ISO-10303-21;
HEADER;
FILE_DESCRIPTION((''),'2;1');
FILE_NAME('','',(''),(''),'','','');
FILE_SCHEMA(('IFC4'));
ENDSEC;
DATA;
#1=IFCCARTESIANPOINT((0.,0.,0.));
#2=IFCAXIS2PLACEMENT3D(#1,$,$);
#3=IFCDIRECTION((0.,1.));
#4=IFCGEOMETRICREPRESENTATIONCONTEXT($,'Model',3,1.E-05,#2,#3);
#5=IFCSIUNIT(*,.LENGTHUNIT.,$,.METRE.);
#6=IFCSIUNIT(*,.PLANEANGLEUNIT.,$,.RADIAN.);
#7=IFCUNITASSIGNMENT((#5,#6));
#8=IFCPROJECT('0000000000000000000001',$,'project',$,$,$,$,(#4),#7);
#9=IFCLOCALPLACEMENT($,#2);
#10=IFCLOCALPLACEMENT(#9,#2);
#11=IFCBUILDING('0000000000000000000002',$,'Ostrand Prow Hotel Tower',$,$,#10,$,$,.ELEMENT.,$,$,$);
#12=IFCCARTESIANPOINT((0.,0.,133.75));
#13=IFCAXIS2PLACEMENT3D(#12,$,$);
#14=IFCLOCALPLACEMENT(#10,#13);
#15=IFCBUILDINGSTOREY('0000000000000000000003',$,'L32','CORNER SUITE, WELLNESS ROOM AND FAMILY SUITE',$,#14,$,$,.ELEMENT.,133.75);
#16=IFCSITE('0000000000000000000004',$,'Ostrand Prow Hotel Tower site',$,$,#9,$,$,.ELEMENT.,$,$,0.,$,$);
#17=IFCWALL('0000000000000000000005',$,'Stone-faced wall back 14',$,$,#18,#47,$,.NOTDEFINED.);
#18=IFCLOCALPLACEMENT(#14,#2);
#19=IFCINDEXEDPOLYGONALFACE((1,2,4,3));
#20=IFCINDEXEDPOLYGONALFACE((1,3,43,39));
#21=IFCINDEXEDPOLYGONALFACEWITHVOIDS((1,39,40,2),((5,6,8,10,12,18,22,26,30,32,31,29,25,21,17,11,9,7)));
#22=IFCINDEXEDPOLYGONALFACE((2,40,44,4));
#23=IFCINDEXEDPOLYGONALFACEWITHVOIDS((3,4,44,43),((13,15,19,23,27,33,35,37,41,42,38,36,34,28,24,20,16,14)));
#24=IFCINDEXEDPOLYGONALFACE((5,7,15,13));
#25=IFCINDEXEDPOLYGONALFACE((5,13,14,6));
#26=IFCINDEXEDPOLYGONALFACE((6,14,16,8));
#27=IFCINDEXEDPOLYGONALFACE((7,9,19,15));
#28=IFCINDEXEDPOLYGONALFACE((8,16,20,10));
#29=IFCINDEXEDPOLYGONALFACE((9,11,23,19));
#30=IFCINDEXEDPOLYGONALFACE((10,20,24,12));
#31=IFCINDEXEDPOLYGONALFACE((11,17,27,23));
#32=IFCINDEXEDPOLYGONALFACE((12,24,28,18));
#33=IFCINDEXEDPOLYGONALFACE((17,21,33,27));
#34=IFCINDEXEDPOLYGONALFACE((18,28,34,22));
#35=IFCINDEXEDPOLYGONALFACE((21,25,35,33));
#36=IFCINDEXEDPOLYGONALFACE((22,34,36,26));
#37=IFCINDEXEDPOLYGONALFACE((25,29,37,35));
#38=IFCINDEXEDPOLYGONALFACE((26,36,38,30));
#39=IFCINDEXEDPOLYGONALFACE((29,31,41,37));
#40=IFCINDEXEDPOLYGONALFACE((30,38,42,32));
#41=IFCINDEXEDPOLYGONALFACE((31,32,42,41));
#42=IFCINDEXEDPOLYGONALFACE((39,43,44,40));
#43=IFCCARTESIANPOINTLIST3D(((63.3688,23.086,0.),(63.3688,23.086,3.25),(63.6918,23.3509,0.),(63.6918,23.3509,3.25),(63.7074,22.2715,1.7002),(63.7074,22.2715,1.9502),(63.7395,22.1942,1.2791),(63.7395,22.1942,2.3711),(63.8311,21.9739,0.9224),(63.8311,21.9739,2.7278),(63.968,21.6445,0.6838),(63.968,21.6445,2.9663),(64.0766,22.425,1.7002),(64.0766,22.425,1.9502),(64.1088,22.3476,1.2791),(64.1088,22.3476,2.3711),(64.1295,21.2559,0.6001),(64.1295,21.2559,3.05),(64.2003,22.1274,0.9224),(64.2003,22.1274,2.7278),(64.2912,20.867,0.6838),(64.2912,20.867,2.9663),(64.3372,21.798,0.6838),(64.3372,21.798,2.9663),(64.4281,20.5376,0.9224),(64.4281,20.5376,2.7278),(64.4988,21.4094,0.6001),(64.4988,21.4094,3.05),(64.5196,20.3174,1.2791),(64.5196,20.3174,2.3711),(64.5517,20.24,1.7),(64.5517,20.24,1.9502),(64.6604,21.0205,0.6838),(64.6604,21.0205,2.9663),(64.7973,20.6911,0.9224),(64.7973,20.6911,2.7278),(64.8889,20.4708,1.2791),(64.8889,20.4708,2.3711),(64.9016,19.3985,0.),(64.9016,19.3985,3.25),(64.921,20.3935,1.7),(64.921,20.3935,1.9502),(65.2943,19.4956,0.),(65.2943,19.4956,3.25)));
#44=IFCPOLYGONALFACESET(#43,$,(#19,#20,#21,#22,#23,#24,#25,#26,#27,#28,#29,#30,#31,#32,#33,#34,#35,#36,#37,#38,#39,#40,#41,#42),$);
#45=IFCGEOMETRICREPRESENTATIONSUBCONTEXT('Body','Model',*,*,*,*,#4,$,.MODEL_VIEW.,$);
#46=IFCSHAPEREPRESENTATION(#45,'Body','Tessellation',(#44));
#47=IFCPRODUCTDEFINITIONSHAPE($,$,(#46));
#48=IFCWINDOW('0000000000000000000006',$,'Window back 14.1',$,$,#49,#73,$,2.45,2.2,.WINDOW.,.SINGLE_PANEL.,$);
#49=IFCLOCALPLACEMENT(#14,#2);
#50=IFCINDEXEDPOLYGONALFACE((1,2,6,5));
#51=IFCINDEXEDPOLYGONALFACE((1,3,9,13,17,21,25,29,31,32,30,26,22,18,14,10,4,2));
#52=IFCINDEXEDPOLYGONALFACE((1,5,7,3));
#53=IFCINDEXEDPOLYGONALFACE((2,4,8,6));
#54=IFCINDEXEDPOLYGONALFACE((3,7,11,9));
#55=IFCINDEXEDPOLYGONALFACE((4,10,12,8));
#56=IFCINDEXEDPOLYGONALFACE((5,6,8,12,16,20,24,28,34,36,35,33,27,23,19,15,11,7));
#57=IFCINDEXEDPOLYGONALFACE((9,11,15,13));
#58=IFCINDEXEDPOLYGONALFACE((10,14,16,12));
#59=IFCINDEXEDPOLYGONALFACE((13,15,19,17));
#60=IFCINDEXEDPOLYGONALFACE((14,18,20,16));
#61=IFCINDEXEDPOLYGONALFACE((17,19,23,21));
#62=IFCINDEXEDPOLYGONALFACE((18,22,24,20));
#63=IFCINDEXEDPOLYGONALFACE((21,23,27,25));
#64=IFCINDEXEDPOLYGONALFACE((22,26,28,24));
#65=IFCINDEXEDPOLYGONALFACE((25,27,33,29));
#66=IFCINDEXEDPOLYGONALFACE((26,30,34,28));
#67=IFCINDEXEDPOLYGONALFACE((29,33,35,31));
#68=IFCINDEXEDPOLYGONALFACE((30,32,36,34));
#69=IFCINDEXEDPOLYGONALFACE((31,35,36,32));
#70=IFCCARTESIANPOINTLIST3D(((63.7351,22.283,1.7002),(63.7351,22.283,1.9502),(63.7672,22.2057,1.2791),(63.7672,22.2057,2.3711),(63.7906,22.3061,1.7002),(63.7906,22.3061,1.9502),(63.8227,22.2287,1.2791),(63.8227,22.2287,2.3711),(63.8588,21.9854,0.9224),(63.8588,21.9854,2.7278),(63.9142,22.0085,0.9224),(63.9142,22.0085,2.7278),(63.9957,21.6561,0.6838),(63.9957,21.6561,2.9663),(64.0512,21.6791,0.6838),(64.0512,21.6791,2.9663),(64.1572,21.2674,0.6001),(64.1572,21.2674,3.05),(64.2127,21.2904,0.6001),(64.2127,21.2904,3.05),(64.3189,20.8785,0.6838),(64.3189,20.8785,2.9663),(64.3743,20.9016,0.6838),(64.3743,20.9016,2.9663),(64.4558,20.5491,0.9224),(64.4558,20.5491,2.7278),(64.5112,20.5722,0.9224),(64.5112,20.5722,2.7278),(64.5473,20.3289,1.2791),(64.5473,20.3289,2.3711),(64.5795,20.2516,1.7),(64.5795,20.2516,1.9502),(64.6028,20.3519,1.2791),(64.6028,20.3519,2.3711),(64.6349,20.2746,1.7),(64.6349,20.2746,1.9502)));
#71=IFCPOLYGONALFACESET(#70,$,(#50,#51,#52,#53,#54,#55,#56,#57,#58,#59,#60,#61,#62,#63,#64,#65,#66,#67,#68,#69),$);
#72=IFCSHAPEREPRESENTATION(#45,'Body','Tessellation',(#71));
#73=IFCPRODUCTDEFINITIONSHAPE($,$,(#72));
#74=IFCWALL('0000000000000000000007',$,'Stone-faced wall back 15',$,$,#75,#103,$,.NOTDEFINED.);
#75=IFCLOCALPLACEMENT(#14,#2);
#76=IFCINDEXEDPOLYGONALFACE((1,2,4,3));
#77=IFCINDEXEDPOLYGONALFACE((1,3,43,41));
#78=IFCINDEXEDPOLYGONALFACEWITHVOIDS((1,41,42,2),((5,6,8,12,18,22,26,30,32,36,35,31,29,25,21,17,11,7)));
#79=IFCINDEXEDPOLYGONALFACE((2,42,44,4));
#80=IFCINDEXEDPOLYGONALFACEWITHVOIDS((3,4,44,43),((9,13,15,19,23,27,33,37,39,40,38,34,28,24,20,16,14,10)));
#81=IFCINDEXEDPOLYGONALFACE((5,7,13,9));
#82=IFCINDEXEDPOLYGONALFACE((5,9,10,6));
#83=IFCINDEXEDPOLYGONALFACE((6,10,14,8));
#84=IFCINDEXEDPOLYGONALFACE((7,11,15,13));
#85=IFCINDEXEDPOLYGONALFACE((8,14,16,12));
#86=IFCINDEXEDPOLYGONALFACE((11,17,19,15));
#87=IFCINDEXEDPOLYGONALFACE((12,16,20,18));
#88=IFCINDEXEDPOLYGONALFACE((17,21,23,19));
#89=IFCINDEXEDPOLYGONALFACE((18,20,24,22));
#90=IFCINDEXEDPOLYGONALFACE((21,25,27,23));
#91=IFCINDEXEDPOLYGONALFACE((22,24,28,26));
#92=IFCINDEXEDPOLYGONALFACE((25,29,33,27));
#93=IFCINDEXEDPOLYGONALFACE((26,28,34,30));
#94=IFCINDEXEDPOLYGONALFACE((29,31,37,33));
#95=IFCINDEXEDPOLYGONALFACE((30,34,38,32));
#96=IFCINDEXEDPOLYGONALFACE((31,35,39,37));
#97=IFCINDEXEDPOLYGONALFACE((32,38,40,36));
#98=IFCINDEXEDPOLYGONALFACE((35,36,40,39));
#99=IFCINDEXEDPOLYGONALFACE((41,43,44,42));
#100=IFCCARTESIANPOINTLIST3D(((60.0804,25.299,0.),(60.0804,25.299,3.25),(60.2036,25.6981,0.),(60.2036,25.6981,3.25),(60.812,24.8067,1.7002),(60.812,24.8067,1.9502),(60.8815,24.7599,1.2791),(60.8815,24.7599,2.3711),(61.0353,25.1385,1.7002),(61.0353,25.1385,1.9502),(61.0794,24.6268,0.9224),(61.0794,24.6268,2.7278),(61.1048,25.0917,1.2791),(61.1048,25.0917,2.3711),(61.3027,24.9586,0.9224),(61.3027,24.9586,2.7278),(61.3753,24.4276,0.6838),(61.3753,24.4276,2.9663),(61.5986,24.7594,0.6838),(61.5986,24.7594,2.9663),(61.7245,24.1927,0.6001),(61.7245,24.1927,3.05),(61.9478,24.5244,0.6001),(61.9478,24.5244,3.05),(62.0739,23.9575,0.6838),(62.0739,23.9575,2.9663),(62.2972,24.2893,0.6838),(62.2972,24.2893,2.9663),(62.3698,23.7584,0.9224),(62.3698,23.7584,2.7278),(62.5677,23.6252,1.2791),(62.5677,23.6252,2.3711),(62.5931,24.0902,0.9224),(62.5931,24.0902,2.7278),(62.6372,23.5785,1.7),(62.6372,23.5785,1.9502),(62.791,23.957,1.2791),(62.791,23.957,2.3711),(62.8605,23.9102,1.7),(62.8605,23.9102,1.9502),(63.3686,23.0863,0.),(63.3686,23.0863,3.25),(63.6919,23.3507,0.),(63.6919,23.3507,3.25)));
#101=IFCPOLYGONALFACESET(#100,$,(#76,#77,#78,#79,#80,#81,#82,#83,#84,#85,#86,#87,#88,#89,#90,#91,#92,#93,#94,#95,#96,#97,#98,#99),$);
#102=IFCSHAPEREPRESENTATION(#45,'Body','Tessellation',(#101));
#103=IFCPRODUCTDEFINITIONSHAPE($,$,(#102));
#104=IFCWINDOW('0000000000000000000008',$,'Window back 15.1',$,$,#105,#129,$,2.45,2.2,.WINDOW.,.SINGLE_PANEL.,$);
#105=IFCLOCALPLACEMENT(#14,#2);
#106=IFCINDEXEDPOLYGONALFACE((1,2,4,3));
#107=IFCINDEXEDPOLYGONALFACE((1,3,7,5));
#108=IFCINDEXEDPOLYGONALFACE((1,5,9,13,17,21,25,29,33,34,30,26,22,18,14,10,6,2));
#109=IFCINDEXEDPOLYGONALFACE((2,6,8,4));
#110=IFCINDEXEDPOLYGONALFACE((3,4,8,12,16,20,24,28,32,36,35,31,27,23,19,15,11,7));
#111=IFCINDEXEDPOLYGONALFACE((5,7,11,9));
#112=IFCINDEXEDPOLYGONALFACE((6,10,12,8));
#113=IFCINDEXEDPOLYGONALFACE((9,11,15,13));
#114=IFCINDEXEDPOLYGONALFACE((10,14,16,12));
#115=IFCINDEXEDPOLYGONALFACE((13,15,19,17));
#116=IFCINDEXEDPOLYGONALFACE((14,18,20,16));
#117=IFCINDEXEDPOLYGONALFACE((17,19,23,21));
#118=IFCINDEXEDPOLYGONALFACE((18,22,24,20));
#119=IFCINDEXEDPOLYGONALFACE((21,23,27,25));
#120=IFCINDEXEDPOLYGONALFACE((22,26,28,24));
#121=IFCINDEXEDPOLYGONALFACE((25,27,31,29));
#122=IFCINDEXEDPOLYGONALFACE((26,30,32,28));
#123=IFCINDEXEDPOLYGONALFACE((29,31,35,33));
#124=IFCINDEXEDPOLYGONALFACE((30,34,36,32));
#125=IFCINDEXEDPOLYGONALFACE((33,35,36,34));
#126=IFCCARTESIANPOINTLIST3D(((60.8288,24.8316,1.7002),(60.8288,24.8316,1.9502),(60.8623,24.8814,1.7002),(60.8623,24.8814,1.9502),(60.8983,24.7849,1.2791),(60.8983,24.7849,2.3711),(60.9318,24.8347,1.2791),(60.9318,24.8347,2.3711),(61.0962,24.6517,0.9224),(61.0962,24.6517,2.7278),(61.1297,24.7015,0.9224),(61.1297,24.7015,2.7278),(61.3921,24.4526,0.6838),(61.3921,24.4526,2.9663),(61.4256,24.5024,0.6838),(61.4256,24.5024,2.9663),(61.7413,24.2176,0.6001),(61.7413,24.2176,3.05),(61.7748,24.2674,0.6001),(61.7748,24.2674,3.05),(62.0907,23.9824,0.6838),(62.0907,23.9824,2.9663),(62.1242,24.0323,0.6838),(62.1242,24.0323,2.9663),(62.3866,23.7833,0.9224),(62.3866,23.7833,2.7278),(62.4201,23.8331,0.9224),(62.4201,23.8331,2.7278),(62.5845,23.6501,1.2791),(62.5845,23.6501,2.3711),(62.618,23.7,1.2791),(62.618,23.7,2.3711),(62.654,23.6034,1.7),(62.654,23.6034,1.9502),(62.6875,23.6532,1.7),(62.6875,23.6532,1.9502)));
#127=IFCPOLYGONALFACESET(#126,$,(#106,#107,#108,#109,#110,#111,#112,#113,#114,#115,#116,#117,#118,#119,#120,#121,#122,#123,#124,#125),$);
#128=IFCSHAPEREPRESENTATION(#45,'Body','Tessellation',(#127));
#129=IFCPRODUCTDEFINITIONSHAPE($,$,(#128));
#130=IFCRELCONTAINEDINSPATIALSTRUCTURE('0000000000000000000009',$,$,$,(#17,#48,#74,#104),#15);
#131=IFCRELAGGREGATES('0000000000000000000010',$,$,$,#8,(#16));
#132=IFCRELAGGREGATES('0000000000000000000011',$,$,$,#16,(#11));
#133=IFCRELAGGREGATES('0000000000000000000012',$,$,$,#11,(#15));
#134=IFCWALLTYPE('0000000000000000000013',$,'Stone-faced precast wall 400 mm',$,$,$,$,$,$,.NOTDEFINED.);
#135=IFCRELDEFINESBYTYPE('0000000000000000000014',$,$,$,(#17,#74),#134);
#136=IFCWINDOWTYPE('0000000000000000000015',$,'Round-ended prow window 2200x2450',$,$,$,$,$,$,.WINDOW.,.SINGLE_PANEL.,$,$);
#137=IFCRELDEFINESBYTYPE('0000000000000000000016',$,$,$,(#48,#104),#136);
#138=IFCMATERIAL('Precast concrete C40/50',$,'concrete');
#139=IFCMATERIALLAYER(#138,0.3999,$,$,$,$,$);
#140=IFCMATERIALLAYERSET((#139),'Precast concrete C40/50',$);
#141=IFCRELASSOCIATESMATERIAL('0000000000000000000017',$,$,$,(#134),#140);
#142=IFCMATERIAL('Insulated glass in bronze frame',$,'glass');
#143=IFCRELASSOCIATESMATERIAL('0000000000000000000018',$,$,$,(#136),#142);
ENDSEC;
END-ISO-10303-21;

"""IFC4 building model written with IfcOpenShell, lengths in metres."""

from ifc_helpers import new_model, si_unit, direction, frame, origin, place, context, subcontext, project, spatial, polyline, outline, extrude, material, layer, layer_set, type_object, element, fill, save


model = new_model("IFC4")

# Units and contexts
model_context = context("Model", 3, precision=1e-05, world=origin(), true_north=direction((0.0, 1.0)))
body_context = subcontext(model_context, "Body", "Model", "MODEL_VIEW")
ifc_project = project(units=[si_unit("LENGTHUNIT", "METRE"), si_unit("PLANEANGLEUNIT", "RADIAN")], contexts=[model_context])

# Site, building, storey
site_placement = place(None, origin())
site = spatial("IfcSite", under=ifc_project, at=site_placement, Name="Ostrand Prow Hotel Tower site", CompositionType="ELEMENT", RefElevation=0.0)
building_placement = place(site_placement, origin())
building = spatial("IfcBuilding", under=site, at=building_placement, Name="Ostrand Prow Hotel Tower", CompositionType="ELEMENT")
storey_placement = place(building_placement, frame((0.0, 0.0, 133.75)))
storey = spatial("IfcBuildingStorey", under=building, at=storey_placement, Name="L32", Description="CORNER SUITE, WELLNESS ROOM AND FAMILY SUITE", CompositionType="ELEMENT", Elevation=133.75)

# Shared definitions
ifc_material_1 = material(Name="Precast concrete C40/50", Category="concrete")
ifc_layer_1 = layer(ifc_material_1, 0.3999)
ifc_layer_set_1 = layer_set([ifc_layer_1], Name="Precast concrete C40/50")
wall_type_1 = type_object("IfcWallType", Name="Stone-faced precast wall 400 mm", PredefinedType="NOTDEFINED", material=ifc_layer_set_1)

# Walls, openings, windows
wall_1_placement = place(storey_placement, frame((65.0979, 19.447, 0.0), z_axis=(0.0, 0.0, 1.0), x_axis=(-0.383817, 0.923409, 0.0)))
wall_1 = element("IfcWall", 1, at=wall_1_placement, inside=storey, type_object=wall_type_1, Name="Stone-faced wall back 14", PredefinedType="NOTDEFINED", context=body_context, shape_type="SweptSolid", body=[
    extrude(outline(polyline([(-0.0305, -0.2), (4.1445, -0.2), (4.0239, 0.2), (0.0305, 0.2), (-0.0305, -0.2)])), origin(), (0.0, 0.0, 1.0), 3.25),
])
opening_1_placement = place(wall_1_placement, frame((0.9419, 0.0, 0.6001)))
opening_1 = element("IfcOpeningElement", 2, at=opening_1_placement, cuts=wall_1, PredefinedType="OPENING", context=body_context, shape_type="SweptSolid", body=[
    extrude(outline(polyline([(0.0, 1.3501), (0.0837, 1.771), (0.3223, 2.1277), (0.679, 2.3662), (1.1001, 2.45), (1.521, 2.3662), (1.8777, 2.1277), (2.1162, 1.771), (2.2, 1.3501), (2.2, 1.1001), (2.1162, 0.679), (1.8777, 0.3223), (1.521, 0.0837), (1.1001, 0.0), (0.679, 0.0837), (0.3223, 0.3223), (0.0837, 0.679), (0.0, 1.0999), (0.0, 1.3501)])), frame((0.0, 0.21, 0.0), z_axis=(0.0, -1.0, 0.0), x_axis=(1.0, 0.0, 0.0)), (0.0, 0.0, 1.0), 0.4199),
])
ifc_material_2 = material(Name="Insulated glass in bronze frame", Category="glass")
window_type = type_object("IfcWindowType", Name="Round-ended prow window 2200x2450", PartitioningType="SINGLE_PANEL", PredefinedType="WINDOW", material=ifc_material_2)
window_1_placement = place(opening_1_placement, origin())
window_1 = element("IfcWindow", 3, at=window_1_placement, inside=storey, type_object=window_type, Name="Window back 14.1", OverallHeight=2.45, OverallWidth=2.2, PartitioningType="SINGLE_PANEL", PredefinedType="WINDOW", context=body_context, shape_type="SweptSolid", body=[
    extrude(outline(polyline([(0.0, 1.3501), (0.0837, 1.771), (0.3223, 2.1277), (0.679, 2.3662), (1.1001, 2.45), (1.521, 2.3662), (1.8777, 2.1277), (2.1162, 1.771), (2.2, 1.3501), (2.2, 1.1001), (2.1162, 0.679), (1.8777, 0.3223), (1.521, 0.0837), (1.1001, 0.0), (0.679, 0.0837), (0.3223, 0.3223), (0.0837, 0.679), (0.0, 1.0999), (0.0, 1.3501)])), frame((0.0, 0.1699, 0.0), z_axis=(0.0, -1.0, 0.0), x_axis=(1.0, 0.0, 0.0)), (0.0, 0.0, 1.0), 0.0601),
])
fill(opening_1, window_1)
wall_2_placement = place(storey_placement, frame((63.5303, 23.2185, 0.0), z_axis=(0.0, 0.0, 1.0), x_axis=(-0.829642, 0.558296, 0.0)))
wall_2 = element("IfcWall", 4, at=wall_2_placement, inside=storey, type_object=wall_type_1, Name="Stone-faced wall back 15", PredefinedType="NOTDEFINED", context=body_context, shape_type="SweptSolid", body=[
    extrude(outline(polyline([(-0.0603, -0.2), (4.1443, -0.2), (4.0237, 0.2), (0.0603, 0.2), (-0.0603, -0.2)])), origin(), (0.0, 0.0, 1.0), 3.25),
])
opening_2_placement = place(wall_2_placement, frame((0.9419, 0.0, 0.6001)))
opening_2 = element("IfcOpeningElement", 5, at=opening_2_placement, cuts=wall_2, PredefinedType="OPENING", context=body_context, shape_type="SweptSolid", body=[
    extrude(outline(polyline([(0.0, 1.3501), (0.0837, 1.771), (0.3223, 2.1277), (0.679, 2.3662), (1.1001, 2.45), (1.521, 2.3662), (1.8777, 2.1277), (2.1162, 1.771), (2.2, 1.3501), (2.2, 1.1001), (2.1162, 0.679), (1.8777, 0.3223), (1.521, 0.0837), (1.1001, 0.0), (0.679, 0.0837), (0.3223, 0.3223), (0.0837, 0.679), (0.0, 1.0999), (0.0, 1.3501)])), frame((0.0, 0.21, 0.0), z_axis=(0.0, -1.0, 0.0), x_axis=(1.0, 0.0, 0.0)), (0.0, 0.0, 1.0), 0.4199),
])
window_2_placement = place(opening_2_placement, origin())
window_2 = element("IfcWindow", 6, at=window_2_placement, inside=storey, type_object=window_type, Name="Window back 15.1", OverallHeight=2.45, OverallWidth=2.2, PartitioningType="SINGLE_PANEL", PredefinedType="WINDOW", context=body_context, shape_type="SweptSolid", body=[
    extrude(outline(polyline([(0.0, 1.3501), (0.0837, 1.771), (0.3223, 2.1277), (0.679, 2.3662), (1.1001, 2.45), (1.521, 2.3662), (1.8777, 2.1277), (2.1162, 1.771), (2.2, 1.3501), (2.2, 1.1001), (2.1162, 0.679), (1.8777, 0.3223), (1.521, 0.0837), (1.1001, 0.0), (0.679, 0.0837), (0.3223, 0.3223), (0.0837, 0.679), (0.0, 1.0999), (0.0, 1.3501)])), frame((0.0, 0.1699, 0.0), z_axis=(0.0, -1.0, 0.0), x_axis=(1.0, 0.0, 0.0)), (0.0, 0.0, 1.0), 0.0601),
])
fill(opening_2, window_2)

save(model, "model.ifc")
